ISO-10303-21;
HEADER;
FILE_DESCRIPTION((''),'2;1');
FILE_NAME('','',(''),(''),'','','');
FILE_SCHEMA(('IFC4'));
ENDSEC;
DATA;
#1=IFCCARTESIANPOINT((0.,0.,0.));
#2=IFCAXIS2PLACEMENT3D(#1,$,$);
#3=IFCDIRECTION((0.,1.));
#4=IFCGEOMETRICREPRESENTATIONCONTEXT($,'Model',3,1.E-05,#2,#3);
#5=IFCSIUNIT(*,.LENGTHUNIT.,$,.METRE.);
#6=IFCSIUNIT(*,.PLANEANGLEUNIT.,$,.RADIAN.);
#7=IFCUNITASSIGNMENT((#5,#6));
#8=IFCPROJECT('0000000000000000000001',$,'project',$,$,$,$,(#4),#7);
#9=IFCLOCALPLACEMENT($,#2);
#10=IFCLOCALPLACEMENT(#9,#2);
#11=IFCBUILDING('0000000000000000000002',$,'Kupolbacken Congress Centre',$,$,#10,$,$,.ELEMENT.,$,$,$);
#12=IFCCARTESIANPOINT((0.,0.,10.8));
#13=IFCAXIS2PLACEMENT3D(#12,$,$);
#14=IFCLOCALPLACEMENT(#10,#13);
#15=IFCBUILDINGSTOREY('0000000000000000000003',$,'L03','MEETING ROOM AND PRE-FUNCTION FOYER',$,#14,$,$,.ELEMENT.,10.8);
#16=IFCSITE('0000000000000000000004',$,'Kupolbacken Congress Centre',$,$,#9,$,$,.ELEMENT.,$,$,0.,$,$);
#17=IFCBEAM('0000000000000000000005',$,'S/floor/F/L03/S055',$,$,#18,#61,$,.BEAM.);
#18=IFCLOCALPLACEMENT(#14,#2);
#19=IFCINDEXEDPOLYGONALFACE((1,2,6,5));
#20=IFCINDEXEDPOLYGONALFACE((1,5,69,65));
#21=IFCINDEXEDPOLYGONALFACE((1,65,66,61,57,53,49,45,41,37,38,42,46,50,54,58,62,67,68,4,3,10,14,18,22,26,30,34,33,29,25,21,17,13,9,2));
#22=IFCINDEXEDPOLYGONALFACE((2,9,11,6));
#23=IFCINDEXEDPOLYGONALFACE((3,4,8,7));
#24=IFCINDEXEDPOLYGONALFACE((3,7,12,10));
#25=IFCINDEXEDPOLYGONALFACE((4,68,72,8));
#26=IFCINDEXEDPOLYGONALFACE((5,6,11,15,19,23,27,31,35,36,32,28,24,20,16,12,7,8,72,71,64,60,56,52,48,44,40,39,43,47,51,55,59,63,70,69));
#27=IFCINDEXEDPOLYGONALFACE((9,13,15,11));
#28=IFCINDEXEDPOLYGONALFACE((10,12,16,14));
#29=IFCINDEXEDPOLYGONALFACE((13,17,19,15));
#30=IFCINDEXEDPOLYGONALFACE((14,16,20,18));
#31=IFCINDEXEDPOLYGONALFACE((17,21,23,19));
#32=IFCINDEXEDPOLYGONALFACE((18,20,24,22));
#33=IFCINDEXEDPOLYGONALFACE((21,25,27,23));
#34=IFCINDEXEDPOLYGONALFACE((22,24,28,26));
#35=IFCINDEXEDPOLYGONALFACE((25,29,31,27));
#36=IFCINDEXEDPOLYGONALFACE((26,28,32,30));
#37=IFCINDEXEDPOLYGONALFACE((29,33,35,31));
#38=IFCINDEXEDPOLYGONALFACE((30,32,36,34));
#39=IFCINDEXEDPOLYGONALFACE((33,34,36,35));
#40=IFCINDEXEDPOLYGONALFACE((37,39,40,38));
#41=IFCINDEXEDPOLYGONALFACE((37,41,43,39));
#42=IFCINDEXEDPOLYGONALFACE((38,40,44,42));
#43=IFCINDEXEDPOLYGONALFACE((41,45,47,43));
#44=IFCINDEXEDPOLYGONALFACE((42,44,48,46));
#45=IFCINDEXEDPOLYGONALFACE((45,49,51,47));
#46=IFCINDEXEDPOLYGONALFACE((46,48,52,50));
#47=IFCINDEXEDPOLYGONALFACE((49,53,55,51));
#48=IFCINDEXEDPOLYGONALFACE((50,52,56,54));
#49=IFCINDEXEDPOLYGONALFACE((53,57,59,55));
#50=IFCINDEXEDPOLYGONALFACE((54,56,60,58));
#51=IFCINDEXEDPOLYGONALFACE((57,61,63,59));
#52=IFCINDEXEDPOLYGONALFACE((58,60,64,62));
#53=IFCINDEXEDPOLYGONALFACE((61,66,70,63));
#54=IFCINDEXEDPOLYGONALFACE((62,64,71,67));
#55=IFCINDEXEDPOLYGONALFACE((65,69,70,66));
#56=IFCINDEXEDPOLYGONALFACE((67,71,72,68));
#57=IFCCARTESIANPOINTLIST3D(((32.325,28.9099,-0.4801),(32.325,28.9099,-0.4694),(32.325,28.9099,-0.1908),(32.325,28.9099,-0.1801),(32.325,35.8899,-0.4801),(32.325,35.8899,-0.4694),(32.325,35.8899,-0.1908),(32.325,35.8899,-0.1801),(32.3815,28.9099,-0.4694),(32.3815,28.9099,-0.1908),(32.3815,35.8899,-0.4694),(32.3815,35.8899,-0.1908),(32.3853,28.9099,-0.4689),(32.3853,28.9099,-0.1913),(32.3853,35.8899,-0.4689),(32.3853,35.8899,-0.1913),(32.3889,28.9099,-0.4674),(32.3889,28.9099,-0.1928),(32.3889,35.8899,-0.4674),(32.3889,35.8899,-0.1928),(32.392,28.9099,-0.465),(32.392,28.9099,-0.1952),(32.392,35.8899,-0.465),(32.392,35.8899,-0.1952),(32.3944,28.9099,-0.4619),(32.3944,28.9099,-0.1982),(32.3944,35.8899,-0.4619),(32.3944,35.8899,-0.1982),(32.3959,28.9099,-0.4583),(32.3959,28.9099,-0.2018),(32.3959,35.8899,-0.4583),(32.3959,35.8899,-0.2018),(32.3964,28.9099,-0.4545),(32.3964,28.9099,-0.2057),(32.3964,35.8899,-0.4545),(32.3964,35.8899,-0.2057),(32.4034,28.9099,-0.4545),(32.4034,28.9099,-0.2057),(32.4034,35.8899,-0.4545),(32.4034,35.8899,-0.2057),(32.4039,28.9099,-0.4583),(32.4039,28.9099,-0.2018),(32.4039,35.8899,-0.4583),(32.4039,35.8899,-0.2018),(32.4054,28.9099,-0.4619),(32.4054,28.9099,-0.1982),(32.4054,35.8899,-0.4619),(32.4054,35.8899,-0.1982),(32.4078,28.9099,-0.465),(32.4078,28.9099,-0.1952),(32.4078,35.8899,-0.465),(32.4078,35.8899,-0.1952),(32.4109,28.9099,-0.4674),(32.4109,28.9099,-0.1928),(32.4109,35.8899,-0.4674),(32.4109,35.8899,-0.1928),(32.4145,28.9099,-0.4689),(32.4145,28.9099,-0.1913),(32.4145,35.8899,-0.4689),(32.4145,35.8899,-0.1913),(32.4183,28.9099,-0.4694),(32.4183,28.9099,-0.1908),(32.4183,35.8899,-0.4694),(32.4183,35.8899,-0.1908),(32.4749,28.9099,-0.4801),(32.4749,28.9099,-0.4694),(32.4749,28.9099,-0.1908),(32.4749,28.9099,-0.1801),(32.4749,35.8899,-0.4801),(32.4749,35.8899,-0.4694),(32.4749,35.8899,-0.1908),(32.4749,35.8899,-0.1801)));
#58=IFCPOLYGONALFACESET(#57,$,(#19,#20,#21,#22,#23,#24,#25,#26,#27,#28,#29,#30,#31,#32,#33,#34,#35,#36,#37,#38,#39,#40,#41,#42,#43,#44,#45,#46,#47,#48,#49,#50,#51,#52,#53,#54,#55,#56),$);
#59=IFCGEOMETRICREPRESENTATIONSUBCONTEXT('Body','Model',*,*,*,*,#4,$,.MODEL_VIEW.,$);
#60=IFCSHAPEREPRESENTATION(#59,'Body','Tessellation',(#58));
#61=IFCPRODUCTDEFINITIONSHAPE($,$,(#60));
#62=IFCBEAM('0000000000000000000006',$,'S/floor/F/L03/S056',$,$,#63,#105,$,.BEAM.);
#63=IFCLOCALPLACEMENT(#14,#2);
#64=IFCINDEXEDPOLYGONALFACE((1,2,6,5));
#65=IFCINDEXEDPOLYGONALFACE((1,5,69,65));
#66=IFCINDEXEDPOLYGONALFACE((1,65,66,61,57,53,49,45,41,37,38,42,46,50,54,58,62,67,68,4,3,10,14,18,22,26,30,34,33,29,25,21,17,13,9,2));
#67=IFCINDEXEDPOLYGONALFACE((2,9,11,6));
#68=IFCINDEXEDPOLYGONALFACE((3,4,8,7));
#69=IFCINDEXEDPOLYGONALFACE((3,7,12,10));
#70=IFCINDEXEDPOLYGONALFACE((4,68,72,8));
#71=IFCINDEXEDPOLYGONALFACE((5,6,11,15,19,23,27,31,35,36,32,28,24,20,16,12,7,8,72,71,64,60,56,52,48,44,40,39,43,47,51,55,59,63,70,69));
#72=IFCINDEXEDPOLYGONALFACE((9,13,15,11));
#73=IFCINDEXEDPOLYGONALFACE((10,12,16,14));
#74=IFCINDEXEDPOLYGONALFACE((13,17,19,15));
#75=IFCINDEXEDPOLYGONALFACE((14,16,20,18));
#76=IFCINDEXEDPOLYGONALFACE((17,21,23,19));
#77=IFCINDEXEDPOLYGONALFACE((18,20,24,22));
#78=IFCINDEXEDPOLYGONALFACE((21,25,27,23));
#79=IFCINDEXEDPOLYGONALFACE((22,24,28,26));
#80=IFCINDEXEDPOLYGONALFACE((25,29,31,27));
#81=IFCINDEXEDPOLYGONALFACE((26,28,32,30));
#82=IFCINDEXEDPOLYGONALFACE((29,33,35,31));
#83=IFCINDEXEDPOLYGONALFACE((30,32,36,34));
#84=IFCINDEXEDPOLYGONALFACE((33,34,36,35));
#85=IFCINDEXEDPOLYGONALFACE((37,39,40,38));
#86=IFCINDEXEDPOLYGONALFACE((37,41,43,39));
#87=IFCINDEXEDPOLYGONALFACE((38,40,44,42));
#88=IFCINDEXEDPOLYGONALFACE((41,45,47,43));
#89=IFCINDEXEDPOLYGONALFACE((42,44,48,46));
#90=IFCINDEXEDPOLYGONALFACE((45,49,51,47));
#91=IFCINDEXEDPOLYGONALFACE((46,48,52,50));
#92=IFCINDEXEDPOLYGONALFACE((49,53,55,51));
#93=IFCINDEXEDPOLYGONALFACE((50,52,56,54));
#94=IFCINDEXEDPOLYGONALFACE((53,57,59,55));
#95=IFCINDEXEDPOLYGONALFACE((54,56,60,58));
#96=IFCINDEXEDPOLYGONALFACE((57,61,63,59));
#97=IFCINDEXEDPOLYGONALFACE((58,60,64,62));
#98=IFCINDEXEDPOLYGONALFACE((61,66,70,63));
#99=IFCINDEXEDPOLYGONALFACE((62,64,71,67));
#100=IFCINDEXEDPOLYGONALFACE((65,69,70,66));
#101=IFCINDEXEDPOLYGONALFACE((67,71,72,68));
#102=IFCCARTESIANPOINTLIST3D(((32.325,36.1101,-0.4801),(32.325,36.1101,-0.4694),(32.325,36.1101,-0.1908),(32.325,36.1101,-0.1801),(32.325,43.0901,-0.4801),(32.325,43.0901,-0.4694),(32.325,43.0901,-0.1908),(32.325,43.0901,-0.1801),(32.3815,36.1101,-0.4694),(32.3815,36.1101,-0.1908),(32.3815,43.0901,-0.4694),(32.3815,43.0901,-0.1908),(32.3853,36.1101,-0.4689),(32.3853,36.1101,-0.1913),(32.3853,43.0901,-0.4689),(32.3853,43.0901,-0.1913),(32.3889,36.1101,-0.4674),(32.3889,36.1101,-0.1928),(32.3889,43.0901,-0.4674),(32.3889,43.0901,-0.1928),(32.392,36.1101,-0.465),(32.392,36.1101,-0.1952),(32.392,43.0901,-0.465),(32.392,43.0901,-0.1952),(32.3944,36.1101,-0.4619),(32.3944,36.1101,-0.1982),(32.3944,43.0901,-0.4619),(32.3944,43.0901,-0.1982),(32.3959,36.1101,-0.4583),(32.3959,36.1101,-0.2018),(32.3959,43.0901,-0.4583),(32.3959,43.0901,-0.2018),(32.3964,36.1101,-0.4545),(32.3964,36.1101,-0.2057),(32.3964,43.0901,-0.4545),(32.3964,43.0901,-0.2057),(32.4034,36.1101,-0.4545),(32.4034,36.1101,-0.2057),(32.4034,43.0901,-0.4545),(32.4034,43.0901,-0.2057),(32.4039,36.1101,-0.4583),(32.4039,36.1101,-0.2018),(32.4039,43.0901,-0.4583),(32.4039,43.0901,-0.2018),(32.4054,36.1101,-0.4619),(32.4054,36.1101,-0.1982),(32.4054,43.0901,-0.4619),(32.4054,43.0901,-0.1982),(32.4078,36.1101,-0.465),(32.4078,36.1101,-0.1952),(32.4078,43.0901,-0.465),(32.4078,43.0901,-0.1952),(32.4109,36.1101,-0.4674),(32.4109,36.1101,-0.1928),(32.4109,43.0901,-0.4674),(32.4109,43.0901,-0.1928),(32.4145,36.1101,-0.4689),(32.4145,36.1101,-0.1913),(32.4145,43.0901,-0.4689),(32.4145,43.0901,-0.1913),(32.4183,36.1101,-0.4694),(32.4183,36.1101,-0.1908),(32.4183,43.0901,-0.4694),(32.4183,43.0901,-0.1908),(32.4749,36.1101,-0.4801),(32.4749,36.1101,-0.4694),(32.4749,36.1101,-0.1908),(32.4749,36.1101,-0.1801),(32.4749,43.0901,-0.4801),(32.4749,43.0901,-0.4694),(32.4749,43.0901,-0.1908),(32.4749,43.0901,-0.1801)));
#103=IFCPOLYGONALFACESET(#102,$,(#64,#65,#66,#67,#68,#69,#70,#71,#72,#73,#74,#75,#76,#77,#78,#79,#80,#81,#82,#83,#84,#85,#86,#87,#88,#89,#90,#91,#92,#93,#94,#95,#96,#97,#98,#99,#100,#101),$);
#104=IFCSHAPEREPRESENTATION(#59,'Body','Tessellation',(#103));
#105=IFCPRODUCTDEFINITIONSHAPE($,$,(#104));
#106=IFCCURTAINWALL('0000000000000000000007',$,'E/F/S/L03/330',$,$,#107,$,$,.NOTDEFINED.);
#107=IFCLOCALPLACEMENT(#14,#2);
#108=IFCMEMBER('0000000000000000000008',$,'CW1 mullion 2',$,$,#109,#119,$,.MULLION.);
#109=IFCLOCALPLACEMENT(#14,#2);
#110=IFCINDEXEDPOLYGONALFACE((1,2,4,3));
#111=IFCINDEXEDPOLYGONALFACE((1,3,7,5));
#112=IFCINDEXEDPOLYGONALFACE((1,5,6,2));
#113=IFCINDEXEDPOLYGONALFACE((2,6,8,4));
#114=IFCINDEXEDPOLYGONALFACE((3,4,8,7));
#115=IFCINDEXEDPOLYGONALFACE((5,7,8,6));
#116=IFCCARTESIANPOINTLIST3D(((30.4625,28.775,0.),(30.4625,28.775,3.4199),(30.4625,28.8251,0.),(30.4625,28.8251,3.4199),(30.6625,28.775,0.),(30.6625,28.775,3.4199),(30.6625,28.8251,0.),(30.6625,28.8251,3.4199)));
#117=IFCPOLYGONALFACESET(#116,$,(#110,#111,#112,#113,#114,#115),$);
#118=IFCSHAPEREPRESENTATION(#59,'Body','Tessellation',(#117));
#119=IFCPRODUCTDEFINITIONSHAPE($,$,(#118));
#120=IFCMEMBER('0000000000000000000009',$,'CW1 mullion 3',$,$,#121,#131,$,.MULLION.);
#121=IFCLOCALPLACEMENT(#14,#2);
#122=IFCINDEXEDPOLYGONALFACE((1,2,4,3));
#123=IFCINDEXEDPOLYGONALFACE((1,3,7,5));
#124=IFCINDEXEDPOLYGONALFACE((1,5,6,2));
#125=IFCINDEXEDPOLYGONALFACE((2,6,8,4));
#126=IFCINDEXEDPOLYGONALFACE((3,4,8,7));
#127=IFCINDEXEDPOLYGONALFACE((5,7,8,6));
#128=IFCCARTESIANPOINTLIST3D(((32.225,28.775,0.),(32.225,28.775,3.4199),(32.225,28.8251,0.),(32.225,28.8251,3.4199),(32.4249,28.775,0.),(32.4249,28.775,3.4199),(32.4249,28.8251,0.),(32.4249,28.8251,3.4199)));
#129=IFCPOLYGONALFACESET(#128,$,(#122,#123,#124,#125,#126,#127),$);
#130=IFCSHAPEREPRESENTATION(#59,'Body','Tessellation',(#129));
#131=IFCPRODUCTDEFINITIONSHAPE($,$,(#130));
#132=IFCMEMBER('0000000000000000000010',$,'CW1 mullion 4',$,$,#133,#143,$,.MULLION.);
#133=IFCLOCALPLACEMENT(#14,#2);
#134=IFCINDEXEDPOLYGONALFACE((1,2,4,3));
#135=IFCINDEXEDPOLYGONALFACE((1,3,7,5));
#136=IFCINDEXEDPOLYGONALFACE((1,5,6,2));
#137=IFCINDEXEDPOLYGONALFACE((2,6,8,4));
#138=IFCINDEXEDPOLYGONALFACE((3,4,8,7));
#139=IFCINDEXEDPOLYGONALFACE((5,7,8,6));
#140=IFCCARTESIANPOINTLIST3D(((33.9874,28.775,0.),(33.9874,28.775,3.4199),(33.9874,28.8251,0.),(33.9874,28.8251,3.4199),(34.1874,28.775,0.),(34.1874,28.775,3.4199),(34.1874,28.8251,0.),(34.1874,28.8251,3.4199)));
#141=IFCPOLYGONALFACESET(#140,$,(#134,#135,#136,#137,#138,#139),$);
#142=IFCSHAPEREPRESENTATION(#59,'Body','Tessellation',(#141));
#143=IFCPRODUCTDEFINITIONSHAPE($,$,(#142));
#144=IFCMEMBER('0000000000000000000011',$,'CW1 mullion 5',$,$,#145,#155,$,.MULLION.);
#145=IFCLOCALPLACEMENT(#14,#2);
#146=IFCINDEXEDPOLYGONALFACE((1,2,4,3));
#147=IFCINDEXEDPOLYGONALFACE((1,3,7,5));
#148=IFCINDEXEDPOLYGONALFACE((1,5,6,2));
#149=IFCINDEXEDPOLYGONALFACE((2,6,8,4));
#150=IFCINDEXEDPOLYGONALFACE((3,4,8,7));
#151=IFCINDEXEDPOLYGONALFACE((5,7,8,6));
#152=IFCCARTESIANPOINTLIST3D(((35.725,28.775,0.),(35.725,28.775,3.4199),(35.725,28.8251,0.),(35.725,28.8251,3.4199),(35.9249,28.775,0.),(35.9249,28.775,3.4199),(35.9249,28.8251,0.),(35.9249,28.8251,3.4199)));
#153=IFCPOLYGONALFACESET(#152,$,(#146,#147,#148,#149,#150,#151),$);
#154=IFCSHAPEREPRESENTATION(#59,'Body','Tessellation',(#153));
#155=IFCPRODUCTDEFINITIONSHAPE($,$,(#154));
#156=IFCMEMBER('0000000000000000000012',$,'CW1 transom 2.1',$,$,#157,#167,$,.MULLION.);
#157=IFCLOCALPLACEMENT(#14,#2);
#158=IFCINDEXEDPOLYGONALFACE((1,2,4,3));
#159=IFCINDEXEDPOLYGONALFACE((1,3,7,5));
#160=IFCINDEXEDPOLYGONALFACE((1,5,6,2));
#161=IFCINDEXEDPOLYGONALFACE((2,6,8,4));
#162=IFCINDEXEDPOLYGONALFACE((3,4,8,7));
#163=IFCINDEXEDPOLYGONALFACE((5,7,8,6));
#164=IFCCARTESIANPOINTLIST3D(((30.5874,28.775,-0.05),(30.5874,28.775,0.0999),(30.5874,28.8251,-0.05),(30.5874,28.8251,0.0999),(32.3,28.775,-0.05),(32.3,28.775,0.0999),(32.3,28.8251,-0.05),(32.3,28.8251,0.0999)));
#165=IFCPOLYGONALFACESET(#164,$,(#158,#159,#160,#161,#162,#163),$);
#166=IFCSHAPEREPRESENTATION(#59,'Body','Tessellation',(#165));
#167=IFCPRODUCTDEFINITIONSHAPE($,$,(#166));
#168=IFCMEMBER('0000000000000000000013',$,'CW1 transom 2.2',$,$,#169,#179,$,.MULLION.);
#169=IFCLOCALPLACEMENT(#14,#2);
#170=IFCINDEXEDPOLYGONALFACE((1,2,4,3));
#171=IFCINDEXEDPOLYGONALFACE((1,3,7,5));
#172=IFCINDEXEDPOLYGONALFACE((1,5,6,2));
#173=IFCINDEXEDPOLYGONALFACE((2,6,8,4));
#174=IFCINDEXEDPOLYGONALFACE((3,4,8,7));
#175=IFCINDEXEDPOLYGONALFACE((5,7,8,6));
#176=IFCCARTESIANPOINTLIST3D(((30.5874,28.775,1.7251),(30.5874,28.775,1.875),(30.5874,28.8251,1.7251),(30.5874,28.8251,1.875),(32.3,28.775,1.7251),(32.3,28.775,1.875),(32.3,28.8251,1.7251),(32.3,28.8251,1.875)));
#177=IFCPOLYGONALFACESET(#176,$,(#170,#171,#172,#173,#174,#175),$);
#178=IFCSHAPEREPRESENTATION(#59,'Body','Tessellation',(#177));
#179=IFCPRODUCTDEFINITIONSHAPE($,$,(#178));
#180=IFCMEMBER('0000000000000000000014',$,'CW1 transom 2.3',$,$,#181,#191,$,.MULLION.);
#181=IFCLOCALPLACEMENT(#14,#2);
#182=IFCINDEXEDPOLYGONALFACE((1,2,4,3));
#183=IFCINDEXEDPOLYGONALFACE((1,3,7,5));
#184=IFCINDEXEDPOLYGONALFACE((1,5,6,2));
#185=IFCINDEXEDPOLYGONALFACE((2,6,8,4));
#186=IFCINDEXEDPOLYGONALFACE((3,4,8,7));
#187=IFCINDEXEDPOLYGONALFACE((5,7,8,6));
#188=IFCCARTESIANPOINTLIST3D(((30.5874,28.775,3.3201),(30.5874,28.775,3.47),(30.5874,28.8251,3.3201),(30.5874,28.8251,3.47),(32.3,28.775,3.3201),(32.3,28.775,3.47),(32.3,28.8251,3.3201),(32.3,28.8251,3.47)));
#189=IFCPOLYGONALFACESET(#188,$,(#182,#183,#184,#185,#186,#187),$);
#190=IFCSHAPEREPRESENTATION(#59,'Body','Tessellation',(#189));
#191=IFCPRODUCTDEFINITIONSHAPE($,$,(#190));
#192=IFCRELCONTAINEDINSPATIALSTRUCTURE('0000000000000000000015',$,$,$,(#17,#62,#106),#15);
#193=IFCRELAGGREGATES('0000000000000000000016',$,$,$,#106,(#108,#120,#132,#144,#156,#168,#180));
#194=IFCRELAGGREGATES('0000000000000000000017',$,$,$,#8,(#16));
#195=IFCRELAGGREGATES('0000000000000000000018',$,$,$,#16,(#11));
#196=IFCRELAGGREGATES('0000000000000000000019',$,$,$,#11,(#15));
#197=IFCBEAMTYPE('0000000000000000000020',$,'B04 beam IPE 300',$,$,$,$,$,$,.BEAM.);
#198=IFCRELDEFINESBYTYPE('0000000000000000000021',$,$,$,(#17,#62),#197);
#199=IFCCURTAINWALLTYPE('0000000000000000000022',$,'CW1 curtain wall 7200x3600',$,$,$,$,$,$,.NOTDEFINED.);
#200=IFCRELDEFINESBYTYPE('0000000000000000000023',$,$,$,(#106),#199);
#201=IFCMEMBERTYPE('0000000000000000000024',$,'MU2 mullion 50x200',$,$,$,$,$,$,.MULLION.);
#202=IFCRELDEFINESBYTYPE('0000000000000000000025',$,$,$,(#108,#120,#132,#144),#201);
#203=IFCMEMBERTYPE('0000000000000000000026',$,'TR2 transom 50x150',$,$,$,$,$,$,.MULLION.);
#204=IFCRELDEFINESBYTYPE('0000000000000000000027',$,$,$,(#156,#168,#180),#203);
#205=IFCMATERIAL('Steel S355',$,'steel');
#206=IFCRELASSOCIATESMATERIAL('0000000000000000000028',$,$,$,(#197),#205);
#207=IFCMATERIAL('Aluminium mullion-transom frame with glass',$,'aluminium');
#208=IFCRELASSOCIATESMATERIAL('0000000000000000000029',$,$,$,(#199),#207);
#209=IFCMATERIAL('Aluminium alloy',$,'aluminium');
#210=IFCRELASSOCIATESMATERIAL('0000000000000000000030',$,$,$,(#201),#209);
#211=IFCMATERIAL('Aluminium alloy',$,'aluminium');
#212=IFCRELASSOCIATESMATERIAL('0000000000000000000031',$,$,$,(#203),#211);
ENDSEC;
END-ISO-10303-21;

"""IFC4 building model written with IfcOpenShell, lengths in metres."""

from ifc_helpers import new_model, si_unit, direction, frame, origin, origin_2d, place, context, subcontext, project, spatial, rectangle, i_section, extrude, material, material_profile, profile_set, type_object, element, aggregate, save


model = new_model("IFC4")

# Units and contexts
model_context = context("Model", 3, precision=1e-05, world=origin(), true_north=direction((0.0, 1.0)))
body_context = subcontext(model_context, "Body", "Model", "MODEL_VIEW")
ifc_project = project(units=[si_unit("LENGTHUNIT", "METRE"), si_unit("PLANEANGLEUNIT", "RADIAN")], contexts=[model_context])

# Site, building, storey
site_placement = place(None, origin())
site = spatial("IfcSite", under=ifc_project, at=site_placement, Name="Kupolbacken Congress Centre", CompositionType="ELEMENT", RefElevation=0.0)
building_placement = place(site_placement, origin())
building = spatial("IfcBuilding", under=site, at=building_placement, Name="Kupolbacken Congress Centre", CompositionType="ELEMENT")
storey_placement = place(building_placement, frame((0.0, 0.0, 10.8)))
storey = spatial("IfcBuildingStorey", under=building, at=storey_placement, Name="L03", Description="MEETING ROOM AND PRE-FUNCTION FOYER", CompositionType="ELEMENT", Elevation=10.8)

# Beams
ifc_material_1 = material(Name="Steel S355", Category="steel")
ifc_material_profile_1 = material_profile(ifc_material_1, i_section(OverallWidth=0.1499, OverallDepth=0.3, WebThickness=0.0071, FlangeThickness=0.0107, FilletRadius=0.0149, at=origin_2d()), Name="IPE 300")
ifc_profile_set_1 = profile_set([ifc_material_profile_1], Name="Steel S355")
beam_type = type_object("IfcBeamType", Name="B04 beam IPE 300", PredefinedType="BEAM", material=ifc_profile_set_1)
for number, where, z_axis, x_axis, name in (
    (1, (32.3999, 28.9099, -0.3301), (0.0, 1.0, 0.0), (-1.0, 0.0, 0.0), "S/floor/F/L03/S055"),
    (2, (32.3999, 36.1101, -0.3301), (0.0, 1.0, 0.0), (-1.0, 0.0, 0.0), "S/floor/F/L03/S056"),
):
    element("IfcBeam", number, at=place(storey_placement, frame(where, z_axis=z_axis, x_axis=x_axis)), inside=storey, type_object=beam_type, Name=name, PredefinedType="BEAM", context=body_context, shape_type="SweptSolid", body=[
        extrude(i_section(OverallWidth=0.1499, OverallDepth=0.3, WebThickness=0.0071, FlangeThickness=0.0107, FilletRadius=0.0149, at=origin_2d()), origin(), (0.0, 0.0, 1.0), 6.98),
    ])

# Curtain wall, members
ifc_material_2 = material(Name="Aluminium mullion-transom frame with glass", Category="aluminium")
curtain_wall_type = type_object("IfcCurtainWallType", Name="CW1 curtain wall 7200x3600", PredefinedType="NOTDEFINED", material=ifc_material_2)
curtain_wall_placement = place(storey_placement, origin())
curtain_wall = element("IfcCurtainWall", 3, at=curtain_wall_placement, inside=storey, type_object=curtain_wall_type, Name="E/F/S/L03/330", PredefinedType="NOTDEFINED")
ifc_material_3 = material(Name="Aluminium alloy", Category="aluminium")
ifc_material_profile_2 = material_profile(ifc_material_3, rectangle(XDim=0.05, YDim=0.2, at=origin_2d()), Name="50 x 200")
ifc_profile_set_2 = profile_set([ifc_material_profile_2], Name="Aluminium alloy")
member_type_1 = type_object("IfcMemberType", Name="MU2 mullion 50x200", PredefinedType="MULLION", material=ifc_profile_set_2)
member_1_placement = place(storey_placement, frame((30.5625, 28.8, 0.0), z_axis=(0.0, 0.0, 1.0), x_axis=(0.0, 1.0, 0.0)))
member_1 = element("IfcMember", 4, at=member_1_placement, type_object=member_type_1, Name="CW1 mullion 2", PredefinedType="MULLION", context=body_context, shape_type="SweptSolid", body=[
    extrude(rectangle(XDim=0.05, YDim=0.2, at=origin_2d()), origin(), (0.0, 0.0, 1.0), 3.4199),
])
member_2_placement = place(storey_placement, frame((32.325, 28.8, 0.0), z_axis=(0.0, 0.0, 1.0), x_axis=(0.0, 1.0, 0.0)))
member_2 = element("IfcMember", 5, at=member_2_placement, type_object=member_type_1, Name="CW1 mullion 3", PredefinedType="MULLION", context=body_context, shape_type="SweptSolid", body=[
    extrude(rectangle(XDim=0.05, YDim=0.2, at=origin_2d()), origin(), (0.0, 0.0, 1.0), 3.4199),
])
member_3_placement = place(storey_placement, frame((34.0874, 28.8, 0.0), z_axis=(0.0, 0.0, 1.0), x_axis=(0.0, 1.0, 0.0)))
member_3 = element("IfcMember", 6, at=member_3_placement, type_object=member_type_1, Name="CW1 mullion 4", PredefinedType="MULLION", context=body_context, shape_type="SweptSolid", body=[
    extrude(rectangle(XDim=0.05, YDim=0.2, at=origin_2d()), origin(), (0.0, 0.0, 1.0), 3.4199),
])
member_4_placement = place(storey_placement, frame((35.825, 28.8, 0.0), z_axis=(0.0, 0.0, 1.0), x_axis=(0.0, 1.0, 0.0)))
member_4 = element("IfcMember", 7, at=member_4_placement, type_object=member_type_1, Name="CW1 mullion 5", PredefinedType="MULLION", context=body_context, shape_type="SweptSolid", body=[
    extrude(rectangle(XDim=0.05, YDim=0.2, at=origin_2d()), origin(), (0.0, 0.0, 1.0), 3.4199),
])
ifc_material_4 = material(Name="Aluminium alloy", Category="aluminium")
ifc_material_profile_3 = material_profile(ifc_material_4, rectangle(XDim=0.05, YDim=0.1499, at=origin_2d()), Name="50 x 150")
ifc_profile_set_3 = profile_set([ifc_material_profile_3], Name="Aluminium alloy")
member_type_2 = type_object("IfcMemberType", Name="TR2 transom 50x150", PredefinedType="MULLION", material=ifc_profile_set_3)
member_5_placement = place(storey_placement, frame((30.5874, 28.8, 0.0249), z_axis=(1.0, 0.0, 0.0), x_axis=(0.0, 1.0, 0.0)))
member_5 = element("IfcMember", 8, at=member_5_placement, type_object=member_type_2, Name="CW1 transom 2.1", PredefinedType="MULLION", context=body_context, shape_type="SweptSolid", body=[
    extrude(rectangle(XDim=0.05, YDim=0.1499, at=origin_2d()), origin(), (0.0, 0.0, 1.0), 1.7126),
])
member_6_placement = place(storey_placement, frame((30.5874, 28.8, 1.8), z_axis=(1.0, 0.0, 0.0), x_axis=(0.0, 1.0, 0.0)))
member_6 = element("IfcMember", 9, at=member_6_placement, type_object=member_type_2, Name="CW1 transom 2.2", PredefinedType="MULLION", context=body_context, shape_type="SweptSolid", body=[
    extrude(rectangle(XDim=0.05, YDim=0.1499, at=origin_2d()), origin(), (0.0, 0.0, 1.0), 1.7126),
])
member_7_placement = place(storey_placement, frame((30.5874, 28.8, 3.395), z_axis=(1.0, 0.0, 0.0), x_axis=(0.0, 1.0, 0.0)))
member_7 = element("IfcMember", 10, at=member_7_placement, type_object=member_type_2, Name="CW1 transom 2.3", PredefinedType="MULLION", context=body_context, shape_type="SweptSolid", body=[
    extrude(rectangle(XDim=0.05, YDim=0.1499, at=origin_2d()), origin(), (0.0, 0.0, 1.0), 1.7126),
])
aggregate(curtain_wall, [member_1, member_2, member_3, member_4, member_5, member_6, member_7])

save(model, "model.ifc")
